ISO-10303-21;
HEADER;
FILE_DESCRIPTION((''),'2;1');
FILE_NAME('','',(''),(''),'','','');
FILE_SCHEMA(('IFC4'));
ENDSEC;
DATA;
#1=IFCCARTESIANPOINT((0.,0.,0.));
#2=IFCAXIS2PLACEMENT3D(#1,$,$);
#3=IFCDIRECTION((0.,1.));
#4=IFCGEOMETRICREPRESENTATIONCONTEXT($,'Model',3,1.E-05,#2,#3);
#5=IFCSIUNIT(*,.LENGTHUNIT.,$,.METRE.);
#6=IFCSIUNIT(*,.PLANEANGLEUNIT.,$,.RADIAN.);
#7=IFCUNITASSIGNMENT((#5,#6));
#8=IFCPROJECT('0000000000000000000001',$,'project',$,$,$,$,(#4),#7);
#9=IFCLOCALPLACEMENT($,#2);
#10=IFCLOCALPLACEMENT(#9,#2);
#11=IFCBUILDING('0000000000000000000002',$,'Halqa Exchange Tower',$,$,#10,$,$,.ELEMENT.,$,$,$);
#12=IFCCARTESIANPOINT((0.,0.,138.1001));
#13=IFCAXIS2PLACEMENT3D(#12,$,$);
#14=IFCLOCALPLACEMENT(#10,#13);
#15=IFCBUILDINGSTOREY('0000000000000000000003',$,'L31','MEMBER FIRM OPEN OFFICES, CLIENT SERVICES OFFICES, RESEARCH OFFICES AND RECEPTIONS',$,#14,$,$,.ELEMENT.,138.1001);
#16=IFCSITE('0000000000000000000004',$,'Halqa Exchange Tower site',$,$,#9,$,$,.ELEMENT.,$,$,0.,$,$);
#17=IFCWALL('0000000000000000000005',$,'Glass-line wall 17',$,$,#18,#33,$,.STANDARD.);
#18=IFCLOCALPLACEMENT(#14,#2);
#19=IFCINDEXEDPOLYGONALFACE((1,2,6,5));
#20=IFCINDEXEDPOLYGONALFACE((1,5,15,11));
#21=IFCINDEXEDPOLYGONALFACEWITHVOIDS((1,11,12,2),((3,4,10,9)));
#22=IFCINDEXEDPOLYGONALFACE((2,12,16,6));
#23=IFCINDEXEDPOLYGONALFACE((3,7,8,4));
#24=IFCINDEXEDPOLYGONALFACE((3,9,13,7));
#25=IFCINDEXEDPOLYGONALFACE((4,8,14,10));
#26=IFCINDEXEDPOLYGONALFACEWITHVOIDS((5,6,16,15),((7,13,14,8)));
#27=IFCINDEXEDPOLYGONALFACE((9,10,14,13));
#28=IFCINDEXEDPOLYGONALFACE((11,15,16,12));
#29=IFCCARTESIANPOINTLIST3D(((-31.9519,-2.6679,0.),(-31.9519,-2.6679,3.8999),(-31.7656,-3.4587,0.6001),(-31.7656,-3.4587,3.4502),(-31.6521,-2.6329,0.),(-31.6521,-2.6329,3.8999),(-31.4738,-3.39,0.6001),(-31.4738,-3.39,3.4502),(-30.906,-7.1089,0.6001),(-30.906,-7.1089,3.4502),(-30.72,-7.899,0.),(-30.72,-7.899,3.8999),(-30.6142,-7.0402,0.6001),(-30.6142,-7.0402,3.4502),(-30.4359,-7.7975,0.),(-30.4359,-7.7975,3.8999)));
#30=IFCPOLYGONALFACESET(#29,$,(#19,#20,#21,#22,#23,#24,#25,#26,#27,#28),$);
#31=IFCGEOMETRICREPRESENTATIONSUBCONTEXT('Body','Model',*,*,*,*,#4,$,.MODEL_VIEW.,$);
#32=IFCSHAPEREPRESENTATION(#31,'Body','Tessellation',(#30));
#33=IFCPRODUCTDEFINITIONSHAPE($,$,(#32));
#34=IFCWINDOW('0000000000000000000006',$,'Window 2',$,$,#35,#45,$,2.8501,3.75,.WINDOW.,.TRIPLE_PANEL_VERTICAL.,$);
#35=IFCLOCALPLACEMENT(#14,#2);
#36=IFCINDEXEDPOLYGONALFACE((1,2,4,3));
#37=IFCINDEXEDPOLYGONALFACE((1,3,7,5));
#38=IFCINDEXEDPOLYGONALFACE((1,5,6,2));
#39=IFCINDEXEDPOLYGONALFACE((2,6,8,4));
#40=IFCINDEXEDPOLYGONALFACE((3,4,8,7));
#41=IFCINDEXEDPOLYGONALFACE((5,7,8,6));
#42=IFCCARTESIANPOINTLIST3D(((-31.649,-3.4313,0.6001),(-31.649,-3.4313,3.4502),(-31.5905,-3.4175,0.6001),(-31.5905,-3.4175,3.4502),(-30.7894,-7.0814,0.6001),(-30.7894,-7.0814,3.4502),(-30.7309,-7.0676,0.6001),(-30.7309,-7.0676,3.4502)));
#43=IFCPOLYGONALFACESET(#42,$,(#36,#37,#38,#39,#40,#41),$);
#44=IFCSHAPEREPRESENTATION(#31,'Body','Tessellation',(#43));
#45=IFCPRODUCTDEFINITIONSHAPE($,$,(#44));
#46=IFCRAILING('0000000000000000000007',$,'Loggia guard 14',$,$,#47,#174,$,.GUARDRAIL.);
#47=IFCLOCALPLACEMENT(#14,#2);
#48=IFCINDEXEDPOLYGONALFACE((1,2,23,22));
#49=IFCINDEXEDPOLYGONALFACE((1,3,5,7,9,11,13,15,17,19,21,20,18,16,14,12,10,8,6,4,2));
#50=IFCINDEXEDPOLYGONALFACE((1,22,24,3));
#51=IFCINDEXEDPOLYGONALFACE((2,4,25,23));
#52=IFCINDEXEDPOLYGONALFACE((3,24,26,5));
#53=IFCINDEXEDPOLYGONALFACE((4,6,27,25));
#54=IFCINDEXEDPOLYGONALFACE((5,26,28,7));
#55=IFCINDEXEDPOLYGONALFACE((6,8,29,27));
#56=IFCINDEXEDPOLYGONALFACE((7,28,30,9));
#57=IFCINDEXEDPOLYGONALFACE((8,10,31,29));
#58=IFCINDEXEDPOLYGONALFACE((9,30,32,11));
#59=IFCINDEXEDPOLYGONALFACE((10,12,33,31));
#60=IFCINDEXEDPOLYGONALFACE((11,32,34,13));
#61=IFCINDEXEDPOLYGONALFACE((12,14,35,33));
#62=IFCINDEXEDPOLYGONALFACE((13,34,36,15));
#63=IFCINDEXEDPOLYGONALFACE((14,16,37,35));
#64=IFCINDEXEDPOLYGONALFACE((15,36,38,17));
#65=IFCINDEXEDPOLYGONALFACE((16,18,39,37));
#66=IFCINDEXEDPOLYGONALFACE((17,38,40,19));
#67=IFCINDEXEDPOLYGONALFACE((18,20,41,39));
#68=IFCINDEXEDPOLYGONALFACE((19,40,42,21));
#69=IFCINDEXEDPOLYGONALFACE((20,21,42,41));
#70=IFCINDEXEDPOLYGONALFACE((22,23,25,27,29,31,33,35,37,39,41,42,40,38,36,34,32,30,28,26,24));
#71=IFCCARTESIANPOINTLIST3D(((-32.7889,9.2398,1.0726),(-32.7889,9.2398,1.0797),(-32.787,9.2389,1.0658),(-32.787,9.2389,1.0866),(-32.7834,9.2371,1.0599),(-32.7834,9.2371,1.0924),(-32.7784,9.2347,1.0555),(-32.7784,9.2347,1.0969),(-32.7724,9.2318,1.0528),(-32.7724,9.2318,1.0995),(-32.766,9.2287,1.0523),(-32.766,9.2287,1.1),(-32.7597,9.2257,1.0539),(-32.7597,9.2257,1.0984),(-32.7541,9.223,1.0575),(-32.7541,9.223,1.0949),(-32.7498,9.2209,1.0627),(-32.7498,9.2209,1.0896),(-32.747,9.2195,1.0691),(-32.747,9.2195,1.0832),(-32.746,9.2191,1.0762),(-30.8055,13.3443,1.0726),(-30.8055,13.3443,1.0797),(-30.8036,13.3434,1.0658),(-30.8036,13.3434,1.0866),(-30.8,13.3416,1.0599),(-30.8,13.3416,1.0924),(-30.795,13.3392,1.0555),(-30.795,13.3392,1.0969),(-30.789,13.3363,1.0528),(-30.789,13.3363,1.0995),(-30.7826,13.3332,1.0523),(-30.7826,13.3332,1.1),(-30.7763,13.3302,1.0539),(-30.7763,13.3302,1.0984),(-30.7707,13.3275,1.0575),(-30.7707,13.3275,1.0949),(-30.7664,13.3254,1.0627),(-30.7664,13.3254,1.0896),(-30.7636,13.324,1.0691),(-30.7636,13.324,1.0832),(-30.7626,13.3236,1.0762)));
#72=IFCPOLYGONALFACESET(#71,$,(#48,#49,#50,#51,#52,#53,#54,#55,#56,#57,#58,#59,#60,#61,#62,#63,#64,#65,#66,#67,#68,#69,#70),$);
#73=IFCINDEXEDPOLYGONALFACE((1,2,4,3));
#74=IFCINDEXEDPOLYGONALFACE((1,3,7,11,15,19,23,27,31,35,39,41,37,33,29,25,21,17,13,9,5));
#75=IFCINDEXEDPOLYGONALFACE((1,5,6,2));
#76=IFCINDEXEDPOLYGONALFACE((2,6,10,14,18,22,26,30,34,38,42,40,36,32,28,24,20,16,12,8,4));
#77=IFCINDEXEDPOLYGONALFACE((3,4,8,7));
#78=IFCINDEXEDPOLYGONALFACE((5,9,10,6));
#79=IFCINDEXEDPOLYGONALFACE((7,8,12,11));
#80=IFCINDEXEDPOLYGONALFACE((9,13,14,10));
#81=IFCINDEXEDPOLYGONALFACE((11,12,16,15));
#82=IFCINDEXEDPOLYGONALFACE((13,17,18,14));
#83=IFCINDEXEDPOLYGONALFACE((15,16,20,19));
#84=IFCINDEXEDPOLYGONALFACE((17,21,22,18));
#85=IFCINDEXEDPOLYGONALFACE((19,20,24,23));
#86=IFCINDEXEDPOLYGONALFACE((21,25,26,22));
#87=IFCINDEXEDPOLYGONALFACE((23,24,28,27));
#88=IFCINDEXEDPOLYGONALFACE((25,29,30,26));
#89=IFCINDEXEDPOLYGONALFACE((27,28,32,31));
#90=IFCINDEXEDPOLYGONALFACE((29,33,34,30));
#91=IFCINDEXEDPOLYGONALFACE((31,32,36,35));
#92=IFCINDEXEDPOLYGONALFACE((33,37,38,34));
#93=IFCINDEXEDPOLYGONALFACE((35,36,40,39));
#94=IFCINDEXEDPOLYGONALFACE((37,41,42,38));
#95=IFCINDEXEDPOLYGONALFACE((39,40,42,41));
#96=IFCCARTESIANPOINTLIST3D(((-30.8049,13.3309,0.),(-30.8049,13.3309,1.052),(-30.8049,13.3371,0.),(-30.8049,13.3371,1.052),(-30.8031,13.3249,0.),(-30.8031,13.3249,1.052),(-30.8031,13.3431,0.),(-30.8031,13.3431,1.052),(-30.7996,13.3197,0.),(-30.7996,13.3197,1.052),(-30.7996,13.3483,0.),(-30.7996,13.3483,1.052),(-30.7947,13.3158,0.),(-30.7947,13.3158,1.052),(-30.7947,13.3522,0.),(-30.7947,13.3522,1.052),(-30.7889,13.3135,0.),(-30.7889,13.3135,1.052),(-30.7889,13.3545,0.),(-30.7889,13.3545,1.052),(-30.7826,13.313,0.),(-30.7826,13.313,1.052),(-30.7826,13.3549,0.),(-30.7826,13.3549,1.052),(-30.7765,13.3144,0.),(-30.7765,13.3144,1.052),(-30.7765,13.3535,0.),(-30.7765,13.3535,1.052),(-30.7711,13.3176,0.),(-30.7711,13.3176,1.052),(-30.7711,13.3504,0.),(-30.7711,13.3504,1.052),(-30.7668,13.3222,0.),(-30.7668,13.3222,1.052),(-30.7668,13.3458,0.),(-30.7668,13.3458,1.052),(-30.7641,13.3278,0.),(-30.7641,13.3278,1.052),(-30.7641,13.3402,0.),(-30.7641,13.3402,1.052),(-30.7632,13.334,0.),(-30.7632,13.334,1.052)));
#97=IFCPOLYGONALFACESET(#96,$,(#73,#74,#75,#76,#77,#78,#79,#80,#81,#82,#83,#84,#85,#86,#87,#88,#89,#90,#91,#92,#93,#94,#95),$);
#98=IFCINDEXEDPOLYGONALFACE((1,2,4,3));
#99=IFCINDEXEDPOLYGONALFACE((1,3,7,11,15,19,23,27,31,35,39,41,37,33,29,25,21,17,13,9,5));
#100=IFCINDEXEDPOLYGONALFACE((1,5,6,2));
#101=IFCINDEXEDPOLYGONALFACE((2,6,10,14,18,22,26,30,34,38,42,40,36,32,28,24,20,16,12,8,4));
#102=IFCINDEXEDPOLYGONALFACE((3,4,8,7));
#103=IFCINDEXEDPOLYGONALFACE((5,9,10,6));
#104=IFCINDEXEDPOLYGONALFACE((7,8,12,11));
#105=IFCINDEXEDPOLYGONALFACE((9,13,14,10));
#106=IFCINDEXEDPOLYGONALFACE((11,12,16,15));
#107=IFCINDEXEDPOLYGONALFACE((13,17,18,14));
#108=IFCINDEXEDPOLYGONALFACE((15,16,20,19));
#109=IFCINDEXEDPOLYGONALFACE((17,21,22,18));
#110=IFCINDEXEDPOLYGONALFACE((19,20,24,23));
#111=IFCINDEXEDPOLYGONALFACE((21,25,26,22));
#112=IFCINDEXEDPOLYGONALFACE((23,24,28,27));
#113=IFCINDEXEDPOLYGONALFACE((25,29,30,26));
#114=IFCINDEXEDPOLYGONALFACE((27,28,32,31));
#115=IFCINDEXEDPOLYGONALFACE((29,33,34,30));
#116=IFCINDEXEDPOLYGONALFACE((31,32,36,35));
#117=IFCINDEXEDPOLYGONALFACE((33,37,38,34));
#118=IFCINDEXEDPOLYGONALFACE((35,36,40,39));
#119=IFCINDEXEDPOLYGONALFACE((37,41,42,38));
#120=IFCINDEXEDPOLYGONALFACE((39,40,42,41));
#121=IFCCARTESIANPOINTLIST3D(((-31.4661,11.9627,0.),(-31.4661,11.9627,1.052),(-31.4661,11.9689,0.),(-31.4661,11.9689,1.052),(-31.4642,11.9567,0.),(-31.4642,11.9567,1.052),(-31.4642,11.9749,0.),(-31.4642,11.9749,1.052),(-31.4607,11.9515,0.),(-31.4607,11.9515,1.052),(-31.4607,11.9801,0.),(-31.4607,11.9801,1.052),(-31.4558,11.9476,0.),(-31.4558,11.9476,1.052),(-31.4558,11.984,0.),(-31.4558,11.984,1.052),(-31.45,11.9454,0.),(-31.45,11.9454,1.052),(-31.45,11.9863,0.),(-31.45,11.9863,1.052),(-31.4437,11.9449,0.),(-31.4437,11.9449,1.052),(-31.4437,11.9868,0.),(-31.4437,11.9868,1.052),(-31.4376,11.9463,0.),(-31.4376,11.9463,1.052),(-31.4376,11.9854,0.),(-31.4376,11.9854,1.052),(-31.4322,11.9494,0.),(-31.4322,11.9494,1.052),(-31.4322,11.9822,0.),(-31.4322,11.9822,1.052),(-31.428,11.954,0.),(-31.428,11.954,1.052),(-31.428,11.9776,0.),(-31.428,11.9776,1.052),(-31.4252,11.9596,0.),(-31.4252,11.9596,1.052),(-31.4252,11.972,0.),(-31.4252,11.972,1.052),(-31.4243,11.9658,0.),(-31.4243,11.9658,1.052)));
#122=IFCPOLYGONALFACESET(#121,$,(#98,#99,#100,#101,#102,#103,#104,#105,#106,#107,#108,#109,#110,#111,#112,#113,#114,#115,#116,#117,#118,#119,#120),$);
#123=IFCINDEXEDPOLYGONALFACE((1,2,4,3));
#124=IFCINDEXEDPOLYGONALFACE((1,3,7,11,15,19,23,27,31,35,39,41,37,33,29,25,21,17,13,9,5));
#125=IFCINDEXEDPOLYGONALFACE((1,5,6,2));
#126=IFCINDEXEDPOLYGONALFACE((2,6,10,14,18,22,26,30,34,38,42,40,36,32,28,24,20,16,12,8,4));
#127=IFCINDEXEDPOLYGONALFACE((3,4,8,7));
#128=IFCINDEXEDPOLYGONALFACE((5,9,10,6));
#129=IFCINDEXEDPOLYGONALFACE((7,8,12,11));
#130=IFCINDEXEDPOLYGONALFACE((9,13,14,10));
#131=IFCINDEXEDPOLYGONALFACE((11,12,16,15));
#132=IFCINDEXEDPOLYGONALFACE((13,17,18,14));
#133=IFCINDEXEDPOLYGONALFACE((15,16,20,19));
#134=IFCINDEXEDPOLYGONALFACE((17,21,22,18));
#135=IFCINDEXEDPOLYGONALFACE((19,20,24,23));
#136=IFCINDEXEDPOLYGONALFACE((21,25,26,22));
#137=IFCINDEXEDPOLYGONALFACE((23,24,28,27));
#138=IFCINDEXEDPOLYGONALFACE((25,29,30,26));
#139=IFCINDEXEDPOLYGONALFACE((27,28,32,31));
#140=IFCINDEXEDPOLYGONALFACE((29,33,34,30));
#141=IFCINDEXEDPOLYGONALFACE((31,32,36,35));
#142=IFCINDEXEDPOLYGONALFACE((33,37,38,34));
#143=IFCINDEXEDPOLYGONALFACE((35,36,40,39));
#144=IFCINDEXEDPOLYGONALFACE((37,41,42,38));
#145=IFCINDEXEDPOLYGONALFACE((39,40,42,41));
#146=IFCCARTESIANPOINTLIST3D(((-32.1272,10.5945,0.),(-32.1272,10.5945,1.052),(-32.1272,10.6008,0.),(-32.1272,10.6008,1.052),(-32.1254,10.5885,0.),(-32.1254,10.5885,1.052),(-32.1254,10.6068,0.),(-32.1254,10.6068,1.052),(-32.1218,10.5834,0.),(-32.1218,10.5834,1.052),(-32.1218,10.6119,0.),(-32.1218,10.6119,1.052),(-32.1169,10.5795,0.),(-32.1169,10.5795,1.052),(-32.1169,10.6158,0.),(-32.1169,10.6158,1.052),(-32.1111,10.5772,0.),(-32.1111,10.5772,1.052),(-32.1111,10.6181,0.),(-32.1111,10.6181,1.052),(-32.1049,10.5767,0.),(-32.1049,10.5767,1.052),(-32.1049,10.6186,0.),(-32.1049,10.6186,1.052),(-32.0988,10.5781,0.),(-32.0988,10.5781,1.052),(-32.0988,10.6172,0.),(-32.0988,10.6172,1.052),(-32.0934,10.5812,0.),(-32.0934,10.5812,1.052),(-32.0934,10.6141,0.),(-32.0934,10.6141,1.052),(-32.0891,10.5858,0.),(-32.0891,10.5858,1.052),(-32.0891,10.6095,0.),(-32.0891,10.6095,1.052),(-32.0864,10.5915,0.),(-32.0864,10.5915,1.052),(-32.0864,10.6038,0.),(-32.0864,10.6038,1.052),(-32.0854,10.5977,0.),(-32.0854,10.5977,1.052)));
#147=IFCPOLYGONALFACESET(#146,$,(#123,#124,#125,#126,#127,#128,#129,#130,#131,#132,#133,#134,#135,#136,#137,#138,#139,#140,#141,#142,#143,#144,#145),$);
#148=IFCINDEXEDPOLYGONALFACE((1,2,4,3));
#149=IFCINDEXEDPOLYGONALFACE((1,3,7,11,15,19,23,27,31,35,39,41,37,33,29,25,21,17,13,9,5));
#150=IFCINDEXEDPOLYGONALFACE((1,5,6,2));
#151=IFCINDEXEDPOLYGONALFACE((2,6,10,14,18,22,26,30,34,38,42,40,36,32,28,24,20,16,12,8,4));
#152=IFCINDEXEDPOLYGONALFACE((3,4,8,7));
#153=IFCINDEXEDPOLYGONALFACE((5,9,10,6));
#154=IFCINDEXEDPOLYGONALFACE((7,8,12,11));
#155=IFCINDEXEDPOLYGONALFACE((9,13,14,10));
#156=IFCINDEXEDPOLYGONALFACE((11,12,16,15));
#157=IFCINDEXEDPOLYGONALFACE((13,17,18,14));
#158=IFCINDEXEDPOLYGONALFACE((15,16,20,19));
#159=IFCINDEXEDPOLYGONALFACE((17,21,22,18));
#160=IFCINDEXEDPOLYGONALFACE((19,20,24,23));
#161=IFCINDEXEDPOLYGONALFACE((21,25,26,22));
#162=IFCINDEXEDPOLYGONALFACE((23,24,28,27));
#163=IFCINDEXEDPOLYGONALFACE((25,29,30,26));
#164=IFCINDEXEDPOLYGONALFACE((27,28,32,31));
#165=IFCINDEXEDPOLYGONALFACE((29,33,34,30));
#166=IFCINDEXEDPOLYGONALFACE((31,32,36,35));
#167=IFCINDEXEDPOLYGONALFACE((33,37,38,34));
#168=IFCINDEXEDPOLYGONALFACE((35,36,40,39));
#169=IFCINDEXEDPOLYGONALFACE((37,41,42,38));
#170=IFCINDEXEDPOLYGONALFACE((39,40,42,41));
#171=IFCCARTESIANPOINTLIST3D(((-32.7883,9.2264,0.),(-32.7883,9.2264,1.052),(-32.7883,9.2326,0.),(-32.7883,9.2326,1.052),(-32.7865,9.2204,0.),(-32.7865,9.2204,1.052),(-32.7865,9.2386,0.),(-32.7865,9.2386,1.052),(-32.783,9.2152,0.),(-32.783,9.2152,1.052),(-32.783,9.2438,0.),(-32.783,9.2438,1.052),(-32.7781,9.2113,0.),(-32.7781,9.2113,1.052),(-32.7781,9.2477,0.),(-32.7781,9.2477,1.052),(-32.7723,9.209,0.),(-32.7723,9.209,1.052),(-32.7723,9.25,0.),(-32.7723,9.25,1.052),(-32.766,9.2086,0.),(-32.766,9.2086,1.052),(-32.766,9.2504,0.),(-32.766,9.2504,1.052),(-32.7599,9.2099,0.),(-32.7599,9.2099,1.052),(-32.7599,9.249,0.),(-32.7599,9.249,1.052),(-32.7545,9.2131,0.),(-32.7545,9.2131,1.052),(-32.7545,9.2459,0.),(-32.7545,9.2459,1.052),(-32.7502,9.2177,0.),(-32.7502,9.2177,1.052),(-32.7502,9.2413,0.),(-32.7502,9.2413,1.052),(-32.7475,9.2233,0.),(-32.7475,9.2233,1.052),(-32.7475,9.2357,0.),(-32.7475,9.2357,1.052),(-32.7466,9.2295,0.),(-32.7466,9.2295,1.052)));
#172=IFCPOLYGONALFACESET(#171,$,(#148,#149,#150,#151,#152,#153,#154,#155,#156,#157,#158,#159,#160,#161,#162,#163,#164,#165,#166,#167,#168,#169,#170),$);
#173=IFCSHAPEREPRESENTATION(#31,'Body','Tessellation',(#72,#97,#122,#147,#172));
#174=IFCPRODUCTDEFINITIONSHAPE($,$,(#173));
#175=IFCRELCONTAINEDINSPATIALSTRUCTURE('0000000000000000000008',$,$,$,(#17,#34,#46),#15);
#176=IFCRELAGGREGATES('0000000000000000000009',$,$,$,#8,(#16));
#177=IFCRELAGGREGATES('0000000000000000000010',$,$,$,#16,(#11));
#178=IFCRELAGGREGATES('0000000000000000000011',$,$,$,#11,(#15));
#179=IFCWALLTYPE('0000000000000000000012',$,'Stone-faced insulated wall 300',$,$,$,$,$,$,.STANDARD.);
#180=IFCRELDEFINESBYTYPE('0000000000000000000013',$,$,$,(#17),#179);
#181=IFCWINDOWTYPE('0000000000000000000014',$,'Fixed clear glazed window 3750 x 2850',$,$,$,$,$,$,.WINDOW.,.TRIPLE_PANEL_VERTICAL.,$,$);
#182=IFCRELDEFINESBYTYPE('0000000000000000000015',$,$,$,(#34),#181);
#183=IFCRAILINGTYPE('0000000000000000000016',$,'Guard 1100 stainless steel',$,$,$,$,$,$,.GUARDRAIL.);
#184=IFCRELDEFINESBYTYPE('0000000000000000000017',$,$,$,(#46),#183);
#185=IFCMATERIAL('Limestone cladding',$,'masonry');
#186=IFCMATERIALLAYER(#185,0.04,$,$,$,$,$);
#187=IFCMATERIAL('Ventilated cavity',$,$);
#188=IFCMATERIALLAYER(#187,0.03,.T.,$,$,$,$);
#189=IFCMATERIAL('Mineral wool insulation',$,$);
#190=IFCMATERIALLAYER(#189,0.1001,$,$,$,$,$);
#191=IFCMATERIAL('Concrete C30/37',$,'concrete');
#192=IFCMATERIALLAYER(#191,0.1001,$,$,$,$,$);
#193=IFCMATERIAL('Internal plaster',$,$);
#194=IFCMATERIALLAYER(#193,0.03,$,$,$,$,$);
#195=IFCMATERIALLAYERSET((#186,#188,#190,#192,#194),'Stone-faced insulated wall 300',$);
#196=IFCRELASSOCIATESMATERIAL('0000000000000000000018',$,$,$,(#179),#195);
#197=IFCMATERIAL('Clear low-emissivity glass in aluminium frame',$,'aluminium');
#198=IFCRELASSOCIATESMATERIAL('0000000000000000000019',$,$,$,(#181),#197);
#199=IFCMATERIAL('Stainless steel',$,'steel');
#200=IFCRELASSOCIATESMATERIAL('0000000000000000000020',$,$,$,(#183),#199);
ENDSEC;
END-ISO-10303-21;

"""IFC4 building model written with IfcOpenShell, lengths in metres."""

from ifc_helpers import new_model, si_unit, direction, frame, frame_2d, origin, origin_2d, place, context, subcontext, project, spatial, polyline, rectangle, circle, outline, extrude, material, layer, layer_set, type_object, element, fill, save


model = new_model("IFC4")

# Units and contexts
model_context = context("Model", 3, precision=1e-05, world=origin(), true_north=direction((0.0, 1.0)))
body_context = subcontext(model_context, "Body", "Model", "MODEL_VIEW")
ifc_project = project(units=[si_unit("LENGTHUNIT", "METRE"), si_unit("PLANEANGLEUNIT", "RADIAN")], contexts=[model_context])

# Site, building, storey
site_placement = place(None, origin())
site = spatial("IfcSite", under=ifc_project, at=site_placement, Name="Halqa Exchange Tower site", CompositionType="ELEMENT", RefElevation=0.0)
building_placement = place(site_placement, origin())
building = spatial("IfcBuilding", under=site, at=building_placement, Name="Halqa Exchange Tower", CompositionType="ELEMENT")
storey_placement = place(building_placement, frame((0.0, 0.0, 138.1001)))
storey = spatial("IfcBuildingStorey", under=building, at=storey_placement, Name="L31", Description="MEMBER FIRM OPEN OFFICES, CLIENT SERVICES OFFICES, RESEARCH OFFICES AND RECEPTIONS", CompositionType="ELEMENT", Elevation=138.1001)

# Shared definitions
ifc_material_1 = material(Name="Limestone cladding", Category="masonry")
ifc_layer_1 = layer(ifc_material_1, 0.04)
ifc_material_2 = material(Name="Ventilated cavity")
ifc_layer_2 = layer(ifc_material_2, 0.03, ventilated=True)
ifc_material_3 = material(Name="Mineral wool insulation")
ifc_layer_3 = layer(ifc_material_3, 0.1001)
ifc_material_4 = material(Name="Concrete C30/37", Category="concrete")
ifc_layer_4 = layer(ifc_material_4, 0.1001)
ifc_material_5 = material(Name="Internal plaster")
ifc_layer_5 = layer(ifc_material_5, 0.03)
ifc_layer_set_1 = layer_set([ifc_layer_1, ifc_layer_2, ifc_layer_3, ifc_layer_4, ifc_layer_5], Name="Stone-faced insulated wall 300")
wall_type_1 = type_object("IfcWallType", Name="Stone-faced insulated wall 300", PredefinedType="STANDARD", material=ifc_layer_set_1)
ifc_material_6 = material(Name="Clear low-emissivity glass in aluminium frame", Category="aluminium")
window_type = type_object("IfcWindowType", Name="Fixed clear glazed window 3750 x 2850", PartitioningType="TRIPLE_PANEL_VERTICAL", PredefinedType="WINDOW", material=ifc_material_6)

# Wall, opening, window
wall_1_placement = place(storey_placement, frame((-31.802, -2.6504, 0.0), z_axis=(0.0, 0.0, 1.0), x_axis=(0.229228, -0.973373, 0.0)))
wall_1 = element("IfcWall", 1, at=wall_1_placement, inside=storey, type_object=wall_type_1, Name="Glass-line wall 17", PredefinedType="STANDARD", context=body_context, shape_type="SweptSolid", body=[
    extrude(outline(polyline([(-0.0173, -0.1499), (5.3569, -0.1499), (5.3232, 0.1499), (0.0173, 0.1499), (-0.0173, -0.1499)])), origin(), (0.0, 0.0, 1.0), 3.8999),
])
opening_1_placement = place(wall_1_placement, frame((0.7952, 0.0, 0.6001)))
opening_1 = element("IfcOpeningElement", 2, at=opening_1_placement, cuts=wall_1, PredefinedType="OPENING", context=body_context, shape_type="SweptSolid", body=[
    extrude(rectangle(XDim=3.75, YDim=2.8501, at=frame_2d((1.875, 1.425))), frame((0.0, 0.1621, 0.0), z_axis=(0.0, -1.0, 0.0), x_axis=(1.0, 0.0, 0.0)), (0.0, 0.0, 1.0), 0.324),
])
window_1_placement = place(opening_1_placement, origin())
window_1 = element("IfcWindow", 3, at=window_1_placement, inside=storey, type_object=window_type, Name="Window 2", OverallHeight=2.8501, OverallWidth=3.75, PartitioningType="TRIPLE_PANEL_VERTICAL", PredefinedType="WINDOW", context=body_context, shape_type="SweptSolid", body=[
    extrude(rectangle(XDim=3.75, YDim=2.8501, at=frame_2d((1.875, 1.425))), frame((0.0, 0.03, 0.0), z_axis=(0.0, -1.0, 0.0), x_axis=(1.0, 0.0, 0.0)), (0.0, 0.0, 1.0), 0.0601),
])
fill(opening_1, window_1)

# Railing
ifc_material_7 = material(Name="Stainless steel", Category="steel")
railing_type = type_object("IfcRailingType", Name="Guard 1100 stainless steel", PredefinedType="GUARDRAIL", material=ifc_material_7)
railing_1_placement = place(storey_placement, frame((-30.7842, 13.334, 0.0)))
element("IfcRailing", 4, at=railing_1_placement, inside=storey, type_object=railing_type, Name="Loggia guard 14", PredefinedType="GUARDRAIL", context=body_context, shape_type="SweptSolid", body=[
    extrude(circle(Radius=0.0239, at=origin_2d()), frame((0.0, 0.0, 1.0762), z_axis=(-0.435091, -0.900387, 0.0), x_axis=(0.900387, -0.435091, 0.0)), (0.0, 0.0, 1.0), 4.5586),
    extrude(circle(Radius=0.021, at=origin_2d()), origin(), (0.0, 0.0, 1.0), 1.052),
    extrude(circle(Radius=0.021, at=origin_2d()), frame((-0.6611, -1.3682, 0.0)), (0.0, 0.0, 1.0), 1.052),
    extrude(circle(Radius=0.021, at=origin_2d()), frame((-1.3223, -2.7363, 0.0)), (0.0, 0.0, 1.0), 1.052),
    extrude(circle(Radius=0.021, at=origin_2d()), frame((-1.9834, -4.1045, 0.0)), (0.0, 0.0, 1.0), 1.052),
])

save(model, "model.ifc")
